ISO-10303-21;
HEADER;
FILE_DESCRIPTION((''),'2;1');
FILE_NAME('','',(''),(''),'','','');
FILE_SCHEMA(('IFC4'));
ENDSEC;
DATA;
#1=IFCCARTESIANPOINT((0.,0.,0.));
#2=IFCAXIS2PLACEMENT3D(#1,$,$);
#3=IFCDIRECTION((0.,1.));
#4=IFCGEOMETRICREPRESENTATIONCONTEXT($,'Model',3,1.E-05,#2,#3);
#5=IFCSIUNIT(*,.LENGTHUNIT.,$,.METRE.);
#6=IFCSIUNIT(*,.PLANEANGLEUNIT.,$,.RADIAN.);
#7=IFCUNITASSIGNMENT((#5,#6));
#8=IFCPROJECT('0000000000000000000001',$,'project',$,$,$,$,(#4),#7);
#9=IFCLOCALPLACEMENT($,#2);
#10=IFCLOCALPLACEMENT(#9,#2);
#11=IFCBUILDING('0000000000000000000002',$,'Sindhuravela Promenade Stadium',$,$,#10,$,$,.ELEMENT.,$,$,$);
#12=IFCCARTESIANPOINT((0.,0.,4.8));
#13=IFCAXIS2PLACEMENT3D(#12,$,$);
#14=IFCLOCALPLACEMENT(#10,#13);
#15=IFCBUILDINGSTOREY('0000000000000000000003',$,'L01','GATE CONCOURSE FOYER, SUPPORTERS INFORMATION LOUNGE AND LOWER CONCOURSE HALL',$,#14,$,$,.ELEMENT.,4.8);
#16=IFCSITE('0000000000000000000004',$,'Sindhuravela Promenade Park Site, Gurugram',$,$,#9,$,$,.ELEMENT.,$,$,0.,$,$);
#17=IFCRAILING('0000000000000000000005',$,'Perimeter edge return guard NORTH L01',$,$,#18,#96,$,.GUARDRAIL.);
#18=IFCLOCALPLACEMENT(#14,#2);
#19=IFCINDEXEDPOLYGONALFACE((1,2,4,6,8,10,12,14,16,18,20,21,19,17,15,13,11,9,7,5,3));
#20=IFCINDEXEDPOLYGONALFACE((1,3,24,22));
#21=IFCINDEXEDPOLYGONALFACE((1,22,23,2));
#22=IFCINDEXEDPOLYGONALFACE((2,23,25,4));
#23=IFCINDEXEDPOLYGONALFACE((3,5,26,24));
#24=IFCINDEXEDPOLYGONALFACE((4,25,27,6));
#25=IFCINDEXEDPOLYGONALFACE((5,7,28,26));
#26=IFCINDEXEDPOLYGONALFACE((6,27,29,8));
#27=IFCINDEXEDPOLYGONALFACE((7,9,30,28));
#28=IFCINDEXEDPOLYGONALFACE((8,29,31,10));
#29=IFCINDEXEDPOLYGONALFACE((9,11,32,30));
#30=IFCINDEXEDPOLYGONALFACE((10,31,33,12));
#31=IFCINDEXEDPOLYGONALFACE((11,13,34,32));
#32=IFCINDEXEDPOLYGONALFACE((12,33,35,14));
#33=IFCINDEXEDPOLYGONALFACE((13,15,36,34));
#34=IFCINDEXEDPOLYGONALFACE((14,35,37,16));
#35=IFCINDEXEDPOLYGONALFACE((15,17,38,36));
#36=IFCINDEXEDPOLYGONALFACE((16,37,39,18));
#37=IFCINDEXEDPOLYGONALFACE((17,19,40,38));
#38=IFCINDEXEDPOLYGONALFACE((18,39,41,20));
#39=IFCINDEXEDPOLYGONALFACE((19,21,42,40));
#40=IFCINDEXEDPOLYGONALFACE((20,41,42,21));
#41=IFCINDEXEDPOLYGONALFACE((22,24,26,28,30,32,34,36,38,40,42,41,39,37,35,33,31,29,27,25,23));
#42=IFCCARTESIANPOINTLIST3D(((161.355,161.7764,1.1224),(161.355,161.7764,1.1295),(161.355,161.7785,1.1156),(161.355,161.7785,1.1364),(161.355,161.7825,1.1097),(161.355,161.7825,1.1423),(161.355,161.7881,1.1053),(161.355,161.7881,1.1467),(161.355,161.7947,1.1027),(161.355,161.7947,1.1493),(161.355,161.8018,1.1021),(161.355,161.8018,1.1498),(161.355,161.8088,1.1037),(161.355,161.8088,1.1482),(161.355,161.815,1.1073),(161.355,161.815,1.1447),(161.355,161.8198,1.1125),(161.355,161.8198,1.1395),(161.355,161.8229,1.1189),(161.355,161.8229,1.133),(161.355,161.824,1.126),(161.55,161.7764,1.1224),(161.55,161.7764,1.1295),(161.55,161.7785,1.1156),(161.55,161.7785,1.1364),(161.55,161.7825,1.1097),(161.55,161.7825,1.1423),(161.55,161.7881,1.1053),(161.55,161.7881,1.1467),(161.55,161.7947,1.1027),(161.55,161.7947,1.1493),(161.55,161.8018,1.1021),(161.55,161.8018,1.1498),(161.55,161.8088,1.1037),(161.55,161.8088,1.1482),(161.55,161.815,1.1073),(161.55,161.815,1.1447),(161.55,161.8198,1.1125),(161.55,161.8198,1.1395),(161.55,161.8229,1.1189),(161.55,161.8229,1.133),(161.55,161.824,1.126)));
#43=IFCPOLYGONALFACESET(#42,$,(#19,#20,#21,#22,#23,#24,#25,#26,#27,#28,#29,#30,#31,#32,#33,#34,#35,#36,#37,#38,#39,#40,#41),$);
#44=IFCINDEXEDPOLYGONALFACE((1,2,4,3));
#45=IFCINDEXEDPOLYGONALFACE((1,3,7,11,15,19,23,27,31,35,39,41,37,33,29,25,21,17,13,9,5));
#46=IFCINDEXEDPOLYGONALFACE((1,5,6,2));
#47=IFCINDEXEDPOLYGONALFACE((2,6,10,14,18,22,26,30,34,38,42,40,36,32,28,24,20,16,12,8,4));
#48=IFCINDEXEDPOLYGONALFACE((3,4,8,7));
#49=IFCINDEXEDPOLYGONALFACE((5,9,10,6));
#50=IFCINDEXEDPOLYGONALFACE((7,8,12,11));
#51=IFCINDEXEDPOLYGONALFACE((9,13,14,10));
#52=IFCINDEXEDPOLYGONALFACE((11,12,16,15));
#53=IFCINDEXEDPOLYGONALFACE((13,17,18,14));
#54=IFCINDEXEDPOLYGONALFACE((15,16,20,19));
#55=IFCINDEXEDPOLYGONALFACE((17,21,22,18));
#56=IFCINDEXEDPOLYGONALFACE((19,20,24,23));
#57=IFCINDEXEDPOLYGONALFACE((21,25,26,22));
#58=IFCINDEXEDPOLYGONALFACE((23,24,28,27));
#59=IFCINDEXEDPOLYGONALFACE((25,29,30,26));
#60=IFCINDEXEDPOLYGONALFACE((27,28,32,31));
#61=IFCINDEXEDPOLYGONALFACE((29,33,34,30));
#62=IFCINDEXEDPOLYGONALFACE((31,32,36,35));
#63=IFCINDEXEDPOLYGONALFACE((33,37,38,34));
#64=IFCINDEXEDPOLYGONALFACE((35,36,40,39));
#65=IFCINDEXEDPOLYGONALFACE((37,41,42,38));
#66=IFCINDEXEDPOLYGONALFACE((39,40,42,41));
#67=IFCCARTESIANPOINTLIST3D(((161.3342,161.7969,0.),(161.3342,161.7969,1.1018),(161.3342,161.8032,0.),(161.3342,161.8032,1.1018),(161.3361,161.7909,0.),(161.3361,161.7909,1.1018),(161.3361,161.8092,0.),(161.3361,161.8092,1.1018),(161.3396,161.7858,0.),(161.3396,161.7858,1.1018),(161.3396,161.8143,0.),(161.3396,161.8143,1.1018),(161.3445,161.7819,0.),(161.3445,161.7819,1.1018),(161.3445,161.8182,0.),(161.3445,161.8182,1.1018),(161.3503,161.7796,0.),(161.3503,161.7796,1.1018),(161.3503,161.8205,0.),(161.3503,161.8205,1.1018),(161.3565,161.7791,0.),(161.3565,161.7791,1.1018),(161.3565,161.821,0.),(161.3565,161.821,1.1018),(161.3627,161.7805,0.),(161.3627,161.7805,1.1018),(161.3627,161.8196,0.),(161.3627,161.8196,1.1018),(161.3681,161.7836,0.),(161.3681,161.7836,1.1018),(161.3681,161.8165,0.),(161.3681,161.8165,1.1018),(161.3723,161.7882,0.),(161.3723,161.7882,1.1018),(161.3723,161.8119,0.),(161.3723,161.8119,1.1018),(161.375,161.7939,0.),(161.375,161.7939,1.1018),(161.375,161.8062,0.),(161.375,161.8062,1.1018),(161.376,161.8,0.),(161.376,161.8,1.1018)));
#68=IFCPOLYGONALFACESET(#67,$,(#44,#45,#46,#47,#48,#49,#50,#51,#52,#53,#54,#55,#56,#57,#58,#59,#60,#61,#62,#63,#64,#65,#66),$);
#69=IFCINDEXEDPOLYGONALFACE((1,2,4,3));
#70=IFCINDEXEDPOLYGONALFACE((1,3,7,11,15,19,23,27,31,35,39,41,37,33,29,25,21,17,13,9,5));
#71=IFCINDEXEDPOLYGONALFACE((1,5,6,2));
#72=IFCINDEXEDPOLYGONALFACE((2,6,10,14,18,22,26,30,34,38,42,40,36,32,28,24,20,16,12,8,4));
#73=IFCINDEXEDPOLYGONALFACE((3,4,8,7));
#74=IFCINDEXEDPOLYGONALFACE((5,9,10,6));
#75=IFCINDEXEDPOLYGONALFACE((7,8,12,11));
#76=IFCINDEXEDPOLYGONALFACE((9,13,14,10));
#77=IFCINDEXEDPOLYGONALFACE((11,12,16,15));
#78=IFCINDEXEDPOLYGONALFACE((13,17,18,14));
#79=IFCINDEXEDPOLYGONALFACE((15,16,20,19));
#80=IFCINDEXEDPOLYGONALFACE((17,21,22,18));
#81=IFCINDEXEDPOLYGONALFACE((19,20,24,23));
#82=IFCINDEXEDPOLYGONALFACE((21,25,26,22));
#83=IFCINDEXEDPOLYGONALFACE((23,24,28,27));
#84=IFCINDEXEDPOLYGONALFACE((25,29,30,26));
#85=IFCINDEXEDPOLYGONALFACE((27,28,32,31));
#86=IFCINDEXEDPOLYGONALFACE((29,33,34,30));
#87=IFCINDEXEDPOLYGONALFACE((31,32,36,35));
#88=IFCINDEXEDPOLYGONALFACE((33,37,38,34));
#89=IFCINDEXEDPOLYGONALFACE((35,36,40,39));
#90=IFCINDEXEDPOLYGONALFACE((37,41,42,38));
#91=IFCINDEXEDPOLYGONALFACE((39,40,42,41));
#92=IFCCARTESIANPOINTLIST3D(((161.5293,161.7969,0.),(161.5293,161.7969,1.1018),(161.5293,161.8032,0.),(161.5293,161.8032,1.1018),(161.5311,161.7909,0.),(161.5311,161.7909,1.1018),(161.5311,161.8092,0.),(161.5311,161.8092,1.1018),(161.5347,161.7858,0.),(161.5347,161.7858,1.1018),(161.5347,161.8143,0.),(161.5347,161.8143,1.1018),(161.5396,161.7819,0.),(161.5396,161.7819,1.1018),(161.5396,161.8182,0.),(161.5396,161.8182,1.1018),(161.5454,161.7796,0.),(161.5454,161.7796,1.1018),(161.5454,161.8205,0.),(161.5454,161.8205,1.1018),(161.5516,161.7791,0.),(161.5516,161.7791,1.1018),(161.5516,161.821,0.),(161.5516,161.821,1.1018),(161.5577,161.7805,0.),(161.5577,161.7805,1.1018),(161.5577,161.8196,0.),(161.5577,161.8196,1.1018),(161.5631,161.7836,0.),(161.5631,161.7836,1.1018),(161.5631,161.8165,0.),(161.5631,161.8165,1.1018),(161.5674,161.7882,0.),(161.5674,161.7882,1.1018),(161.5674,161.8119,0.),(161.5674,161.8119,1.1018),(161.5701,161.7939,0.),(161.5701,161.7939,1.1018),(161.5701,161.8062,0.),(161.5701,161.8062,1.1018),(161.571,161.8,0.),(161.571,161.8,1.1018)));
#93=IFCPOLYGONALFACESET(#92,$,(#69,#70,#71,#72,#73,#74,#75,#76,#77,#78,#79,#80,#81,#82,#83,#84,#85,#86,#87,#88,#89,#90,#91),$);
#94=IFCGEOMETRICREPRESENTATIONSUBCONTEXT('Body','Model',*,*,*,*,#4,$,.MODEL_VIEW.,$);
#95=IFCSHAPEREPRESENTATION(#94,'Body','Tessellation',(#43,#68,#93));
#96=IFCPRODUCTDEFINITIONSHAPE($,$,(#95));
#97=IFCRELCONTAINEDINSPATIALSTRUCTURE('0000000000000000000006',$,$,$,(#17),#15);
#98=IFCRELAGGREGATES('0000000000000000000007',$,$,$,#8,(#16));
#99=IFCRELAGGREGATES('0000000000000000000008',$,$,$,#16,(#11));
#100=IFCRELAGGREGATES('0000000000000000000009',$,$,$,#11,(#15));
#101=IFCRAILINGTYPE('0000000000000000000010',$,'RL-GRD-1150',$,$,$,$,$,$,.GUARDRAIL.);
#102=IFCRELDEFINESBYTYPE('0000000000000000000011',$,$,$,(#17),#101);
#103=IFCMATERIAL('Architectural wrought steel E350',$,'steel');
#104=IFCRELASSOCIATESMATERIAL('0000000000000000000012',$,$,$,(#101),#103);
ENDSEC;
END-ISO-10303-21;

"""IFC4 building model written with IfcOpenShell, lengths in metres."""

from ifc_helpers import new_model, si_unit, direction, frame, origin, origin_2d, place, context, subcontext, project, spatial, circle, extrude, material, type_object, element, save


model = new_model("IFC4")

# Units and contexts
model_context = context("Model", 3, precision=1e-05, world=origin(), true_north=direction((0.0, 1.0)))
body_context = subcontext(model_context, "Body", "Model", "MODEL_VIEW")
ifc_project = project(units=[si_unit("LENGTHUNIT", "METRE"), si_unit("PLANEANGLEUNIT", "RADIAN")], contexts=[model_context])

# Site, building, storey
site_placement = place(None, origin())
site = spatial("IfcSite", under=ifc_project, at=site_placement, Name="Sindhuravela Promenade Park Site, Gurugram", CompositionType="ELEMENT", RefElevation=0.0)
building_placement = place(site_placement, origin())
building = spatial("IfcBuilding", under=site, at=building_placement, Name="Sindhuravela Promenade Stadium", CompositionType="ELEMENT")
storey_placement = place(building_placement, frame((0.0, 0.0, 4.8)))
storey = spatial("IfcBuildingStorey", under=building, at=storey_placement, Name="L01", Description="GATE CONCOURSE FOYER, SUPPORTERS INFORMATION LOUNGE AND LOWER CONCOURSE HALL", CompositionType="ELEMENT", Elevation=4.8)

# Railing
ifc_material_1 = material(Name="Architectural wrought steel E350", Category="steel")
railing_type = type_object("IfcRailingType", Name="RL-GRD-1150", PredefinedType="GUARDRAIL", material=ifc_material_1)
railing_placement = place(storey_placement, frame((161.355, 161.8, 0.0)))
element("IfcRailing", 1, at=railing_placement, inside=storey, type_object=railing_type, Name="Perimeter edge return guard NORTH L01", PredefinedType="GUARDRAIL", context=body_context, shape_type="SweptSolid", body=[
    extrude(circle(Radius=0.0239, at=origin_2d()), frame((0.0, 0.0, 1.126), z_axis=(1.0, 0.0, 0.0), x_axis=(0.0, 1.0, 0.0)), (0.0, 0.0, 1.0), 0.1951),
    extrude(circle(Radius=0.021, at=origin_2d()), origin(), (0.0, 0.0, 1.0), 1.1018),
    extrude(circle(Radius=0.021, at=origin_2d()), frame((0.1951, 0.0, 0.0)), (0.0, 0.0, 1.0), 1.1018),
])

save(model, "model.ifc")
